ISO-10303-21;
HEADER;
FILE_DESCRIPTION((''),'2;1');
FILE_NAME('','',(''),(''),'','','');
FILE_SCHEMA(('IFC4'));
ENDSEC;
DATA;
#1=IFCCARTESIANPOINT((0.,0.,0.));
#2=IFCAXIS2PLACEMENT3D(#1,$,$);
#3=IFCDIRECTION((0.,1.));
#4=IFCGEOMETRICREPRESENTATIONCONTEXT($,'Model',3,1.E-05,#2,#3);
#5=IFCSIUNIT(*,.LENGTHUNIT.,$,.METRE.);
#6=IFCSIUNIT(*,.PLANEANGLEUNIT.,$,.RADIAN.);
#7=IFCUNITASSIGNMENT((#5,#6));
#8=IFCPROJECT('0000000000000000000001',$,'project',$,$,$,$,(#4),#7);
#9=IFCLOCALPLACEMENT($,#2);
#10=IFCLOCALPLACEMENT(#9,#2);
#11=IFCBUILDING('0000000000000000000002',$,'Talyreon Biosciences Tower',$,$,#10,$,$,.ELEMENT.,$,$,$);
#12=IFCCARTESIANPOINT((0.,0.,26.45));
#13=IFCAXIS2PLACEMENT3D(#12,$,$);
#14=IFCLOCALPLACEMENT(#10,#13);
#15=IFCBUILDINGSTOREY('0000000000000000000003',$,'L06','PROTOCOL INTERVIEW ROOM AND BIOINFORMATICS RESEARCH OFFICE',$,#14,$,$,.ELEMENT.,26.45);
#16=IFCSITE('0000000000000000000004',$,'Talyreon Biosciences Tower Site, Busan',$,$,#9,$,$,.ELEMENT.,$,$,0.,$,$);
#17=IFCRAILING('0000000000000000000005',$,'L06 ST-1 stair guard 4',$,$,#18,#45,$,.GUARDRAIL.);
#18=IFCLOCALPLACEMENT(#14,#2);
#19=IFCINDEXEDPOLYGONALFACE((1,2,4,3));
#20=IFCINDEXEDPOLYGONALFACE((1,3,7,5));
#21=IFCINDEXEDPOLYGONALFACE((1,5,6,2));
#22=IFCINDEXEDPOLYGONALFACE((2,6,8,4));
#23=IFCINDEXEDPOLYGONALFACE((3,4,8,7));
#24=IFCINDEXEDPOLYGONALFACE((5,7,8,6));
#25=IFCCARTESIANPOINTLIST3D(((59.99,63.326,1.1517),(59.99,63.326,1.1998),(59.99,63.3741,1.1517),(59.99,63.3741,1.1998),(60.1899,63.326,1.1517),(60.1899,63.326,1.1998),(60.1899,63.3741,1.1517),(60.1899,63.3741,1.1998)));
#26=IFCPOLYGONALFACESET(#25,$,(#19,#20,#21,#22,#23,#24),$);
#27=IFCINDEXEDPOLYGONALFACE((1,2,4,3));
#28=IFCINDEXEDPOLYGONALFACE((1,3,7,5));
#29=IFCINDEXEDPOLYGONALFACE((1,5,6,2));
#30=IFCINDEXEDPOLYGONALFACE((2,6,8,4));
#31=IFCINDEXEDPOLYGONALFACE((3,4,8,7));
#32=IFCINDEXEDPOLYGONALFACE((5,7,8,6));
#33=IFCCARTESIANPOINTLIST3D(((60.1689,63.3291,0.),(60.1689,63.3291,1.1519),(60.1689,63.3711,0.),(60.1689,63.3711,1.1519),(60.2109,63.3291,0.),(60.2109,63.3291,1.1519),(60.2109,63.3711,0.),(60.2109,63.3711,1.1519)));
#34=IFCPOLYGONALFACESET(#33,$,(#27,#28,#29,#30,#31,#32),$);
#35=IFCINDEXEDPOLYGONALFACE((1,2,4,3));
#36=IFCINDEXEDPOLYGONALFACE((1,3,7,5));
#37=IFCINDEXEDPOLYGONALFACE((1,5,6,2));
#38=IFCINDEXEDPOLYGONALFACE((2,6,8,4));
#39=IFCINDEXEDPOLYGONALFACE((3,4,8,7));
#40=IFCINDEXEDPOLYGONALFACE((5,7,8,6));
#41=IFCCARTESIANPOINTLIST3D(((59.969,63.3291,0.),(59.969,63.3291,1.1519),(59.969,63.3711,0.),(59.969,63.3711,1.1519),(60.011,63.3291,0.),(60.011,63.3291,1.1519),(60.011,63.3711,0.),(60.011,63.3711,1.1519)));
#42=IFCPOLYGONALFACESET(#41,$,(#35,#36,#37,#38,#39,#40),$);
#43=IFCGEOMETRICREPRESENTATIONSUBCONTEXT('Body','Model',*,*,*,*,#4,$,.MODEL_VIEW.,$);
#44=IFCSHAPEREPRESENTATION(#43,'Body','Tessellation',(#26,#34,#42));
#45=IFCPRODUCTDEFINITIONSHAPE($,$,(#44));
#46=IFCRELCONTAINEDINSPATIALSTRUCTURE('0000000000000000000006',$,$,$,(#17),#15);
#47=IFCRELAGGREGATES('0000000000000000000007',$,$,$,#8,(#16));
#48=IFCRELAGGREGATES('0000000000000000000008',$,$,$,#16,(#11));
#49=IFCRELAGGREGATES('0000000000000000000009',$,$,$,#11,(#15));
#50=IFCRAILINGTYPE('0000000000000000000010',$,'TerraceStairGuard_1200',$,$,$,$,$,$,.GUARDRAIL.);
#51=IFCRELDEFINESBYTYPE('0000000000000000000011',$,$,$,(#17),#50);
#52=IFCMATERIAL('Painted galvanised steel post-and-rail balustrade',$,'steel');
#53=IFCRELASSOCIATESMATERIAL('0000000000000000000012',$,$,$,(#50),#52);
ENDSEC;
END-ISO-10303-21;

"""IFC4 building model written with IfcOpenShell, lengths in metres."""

from ifc_helpers import new_model, si_unit, direction, frame, origin, origin_2d, place, context, subcontext, project, spatial, rectangle, extrude, material, type_object, element, save


model = new_model("IFC4")

# Units and contexts
model_context = context("Model", 3, precision=1e-05, world=origin(), true_north=direction((0.0, 1.0)))
body_context = subcontext(model_context, "Body", "Model", "MODEL_VIEW")
ifc_project = project(units=[si_unit("LENGTHUNIT", "METRE"), si_unit("PLANEANGLEUNIT", "RADIAN")], contexts=[model_context])

# Site, building, storey
site_placement = place(None, origin())
site = spatial("IfcSite", under=ifc_project, at=site_placement, Name="Talyreon Biosciences Tower Site, Busan", CompositionType="ELEMENT", RefElevation=0.0)
building_placement = place(site_placement, origin())
building = spatial("IfcBuilding", under=site, at=building_placement, Name="Talyreon Biosciences Tower", CompositionType="ELEMENT")
storey_placement = place(building_placement, frame((0.0, 0.0, 26.45)))
storey = spatial("IfcBuildingStorey", under=building, at=storey_placement, Name="L06", Description="PROTOCOL INTERVIEW ROOM AND BIOINFORMATICS RESEARCH OFFICE", CompositionType="ELEMENT", Elevation=26.45)

# Railing
ifc_material_1 = material(Name="Painted galvanised steel post-and-rail balustrade", Category="steel")
railing_type_1 = type_object("IfcRailingType", Name="TerraceStairGuard_1200", PredefinedType="GUARDRAIL", material=ifc_material_1)
railing_1_placement = place(storey_placement, frame((60.1899, 63.3501, 0.0)))
element("IfcRailing", 1, at=railing_1_placement, inside=storey, type_object=railing_type_1, Name="L06 ST-1 stair guard 4", PredefinedType="GUARDRAIL", context=body_context, shape_type="SweptSolid", body=[
    extrude(rectangle(XDim=0.0481, YDim=0.0481, at=origin_2d()), frame((0.0, 0.0, 1.1758), z_axis=(-1.0, 0.0, 0.0), x_axis=(0.0, -1.0, 0.0)), (0.0, 0.0, 1.0), 0.2),
    extrude(rectangle(XDim=0.042, YDim=0.042, at=origin_2d()), origin(), (0.0, 0.0, 1.0), 1.1519),
    extrude(rectangle(XDim=0.042, YDim=0.042, at=origin_2d()), frame((-0.2, 0.0, 0.0)), (0.0, 0.0, 1.0), 1.1519),
])

save(model, "model.ifc")
